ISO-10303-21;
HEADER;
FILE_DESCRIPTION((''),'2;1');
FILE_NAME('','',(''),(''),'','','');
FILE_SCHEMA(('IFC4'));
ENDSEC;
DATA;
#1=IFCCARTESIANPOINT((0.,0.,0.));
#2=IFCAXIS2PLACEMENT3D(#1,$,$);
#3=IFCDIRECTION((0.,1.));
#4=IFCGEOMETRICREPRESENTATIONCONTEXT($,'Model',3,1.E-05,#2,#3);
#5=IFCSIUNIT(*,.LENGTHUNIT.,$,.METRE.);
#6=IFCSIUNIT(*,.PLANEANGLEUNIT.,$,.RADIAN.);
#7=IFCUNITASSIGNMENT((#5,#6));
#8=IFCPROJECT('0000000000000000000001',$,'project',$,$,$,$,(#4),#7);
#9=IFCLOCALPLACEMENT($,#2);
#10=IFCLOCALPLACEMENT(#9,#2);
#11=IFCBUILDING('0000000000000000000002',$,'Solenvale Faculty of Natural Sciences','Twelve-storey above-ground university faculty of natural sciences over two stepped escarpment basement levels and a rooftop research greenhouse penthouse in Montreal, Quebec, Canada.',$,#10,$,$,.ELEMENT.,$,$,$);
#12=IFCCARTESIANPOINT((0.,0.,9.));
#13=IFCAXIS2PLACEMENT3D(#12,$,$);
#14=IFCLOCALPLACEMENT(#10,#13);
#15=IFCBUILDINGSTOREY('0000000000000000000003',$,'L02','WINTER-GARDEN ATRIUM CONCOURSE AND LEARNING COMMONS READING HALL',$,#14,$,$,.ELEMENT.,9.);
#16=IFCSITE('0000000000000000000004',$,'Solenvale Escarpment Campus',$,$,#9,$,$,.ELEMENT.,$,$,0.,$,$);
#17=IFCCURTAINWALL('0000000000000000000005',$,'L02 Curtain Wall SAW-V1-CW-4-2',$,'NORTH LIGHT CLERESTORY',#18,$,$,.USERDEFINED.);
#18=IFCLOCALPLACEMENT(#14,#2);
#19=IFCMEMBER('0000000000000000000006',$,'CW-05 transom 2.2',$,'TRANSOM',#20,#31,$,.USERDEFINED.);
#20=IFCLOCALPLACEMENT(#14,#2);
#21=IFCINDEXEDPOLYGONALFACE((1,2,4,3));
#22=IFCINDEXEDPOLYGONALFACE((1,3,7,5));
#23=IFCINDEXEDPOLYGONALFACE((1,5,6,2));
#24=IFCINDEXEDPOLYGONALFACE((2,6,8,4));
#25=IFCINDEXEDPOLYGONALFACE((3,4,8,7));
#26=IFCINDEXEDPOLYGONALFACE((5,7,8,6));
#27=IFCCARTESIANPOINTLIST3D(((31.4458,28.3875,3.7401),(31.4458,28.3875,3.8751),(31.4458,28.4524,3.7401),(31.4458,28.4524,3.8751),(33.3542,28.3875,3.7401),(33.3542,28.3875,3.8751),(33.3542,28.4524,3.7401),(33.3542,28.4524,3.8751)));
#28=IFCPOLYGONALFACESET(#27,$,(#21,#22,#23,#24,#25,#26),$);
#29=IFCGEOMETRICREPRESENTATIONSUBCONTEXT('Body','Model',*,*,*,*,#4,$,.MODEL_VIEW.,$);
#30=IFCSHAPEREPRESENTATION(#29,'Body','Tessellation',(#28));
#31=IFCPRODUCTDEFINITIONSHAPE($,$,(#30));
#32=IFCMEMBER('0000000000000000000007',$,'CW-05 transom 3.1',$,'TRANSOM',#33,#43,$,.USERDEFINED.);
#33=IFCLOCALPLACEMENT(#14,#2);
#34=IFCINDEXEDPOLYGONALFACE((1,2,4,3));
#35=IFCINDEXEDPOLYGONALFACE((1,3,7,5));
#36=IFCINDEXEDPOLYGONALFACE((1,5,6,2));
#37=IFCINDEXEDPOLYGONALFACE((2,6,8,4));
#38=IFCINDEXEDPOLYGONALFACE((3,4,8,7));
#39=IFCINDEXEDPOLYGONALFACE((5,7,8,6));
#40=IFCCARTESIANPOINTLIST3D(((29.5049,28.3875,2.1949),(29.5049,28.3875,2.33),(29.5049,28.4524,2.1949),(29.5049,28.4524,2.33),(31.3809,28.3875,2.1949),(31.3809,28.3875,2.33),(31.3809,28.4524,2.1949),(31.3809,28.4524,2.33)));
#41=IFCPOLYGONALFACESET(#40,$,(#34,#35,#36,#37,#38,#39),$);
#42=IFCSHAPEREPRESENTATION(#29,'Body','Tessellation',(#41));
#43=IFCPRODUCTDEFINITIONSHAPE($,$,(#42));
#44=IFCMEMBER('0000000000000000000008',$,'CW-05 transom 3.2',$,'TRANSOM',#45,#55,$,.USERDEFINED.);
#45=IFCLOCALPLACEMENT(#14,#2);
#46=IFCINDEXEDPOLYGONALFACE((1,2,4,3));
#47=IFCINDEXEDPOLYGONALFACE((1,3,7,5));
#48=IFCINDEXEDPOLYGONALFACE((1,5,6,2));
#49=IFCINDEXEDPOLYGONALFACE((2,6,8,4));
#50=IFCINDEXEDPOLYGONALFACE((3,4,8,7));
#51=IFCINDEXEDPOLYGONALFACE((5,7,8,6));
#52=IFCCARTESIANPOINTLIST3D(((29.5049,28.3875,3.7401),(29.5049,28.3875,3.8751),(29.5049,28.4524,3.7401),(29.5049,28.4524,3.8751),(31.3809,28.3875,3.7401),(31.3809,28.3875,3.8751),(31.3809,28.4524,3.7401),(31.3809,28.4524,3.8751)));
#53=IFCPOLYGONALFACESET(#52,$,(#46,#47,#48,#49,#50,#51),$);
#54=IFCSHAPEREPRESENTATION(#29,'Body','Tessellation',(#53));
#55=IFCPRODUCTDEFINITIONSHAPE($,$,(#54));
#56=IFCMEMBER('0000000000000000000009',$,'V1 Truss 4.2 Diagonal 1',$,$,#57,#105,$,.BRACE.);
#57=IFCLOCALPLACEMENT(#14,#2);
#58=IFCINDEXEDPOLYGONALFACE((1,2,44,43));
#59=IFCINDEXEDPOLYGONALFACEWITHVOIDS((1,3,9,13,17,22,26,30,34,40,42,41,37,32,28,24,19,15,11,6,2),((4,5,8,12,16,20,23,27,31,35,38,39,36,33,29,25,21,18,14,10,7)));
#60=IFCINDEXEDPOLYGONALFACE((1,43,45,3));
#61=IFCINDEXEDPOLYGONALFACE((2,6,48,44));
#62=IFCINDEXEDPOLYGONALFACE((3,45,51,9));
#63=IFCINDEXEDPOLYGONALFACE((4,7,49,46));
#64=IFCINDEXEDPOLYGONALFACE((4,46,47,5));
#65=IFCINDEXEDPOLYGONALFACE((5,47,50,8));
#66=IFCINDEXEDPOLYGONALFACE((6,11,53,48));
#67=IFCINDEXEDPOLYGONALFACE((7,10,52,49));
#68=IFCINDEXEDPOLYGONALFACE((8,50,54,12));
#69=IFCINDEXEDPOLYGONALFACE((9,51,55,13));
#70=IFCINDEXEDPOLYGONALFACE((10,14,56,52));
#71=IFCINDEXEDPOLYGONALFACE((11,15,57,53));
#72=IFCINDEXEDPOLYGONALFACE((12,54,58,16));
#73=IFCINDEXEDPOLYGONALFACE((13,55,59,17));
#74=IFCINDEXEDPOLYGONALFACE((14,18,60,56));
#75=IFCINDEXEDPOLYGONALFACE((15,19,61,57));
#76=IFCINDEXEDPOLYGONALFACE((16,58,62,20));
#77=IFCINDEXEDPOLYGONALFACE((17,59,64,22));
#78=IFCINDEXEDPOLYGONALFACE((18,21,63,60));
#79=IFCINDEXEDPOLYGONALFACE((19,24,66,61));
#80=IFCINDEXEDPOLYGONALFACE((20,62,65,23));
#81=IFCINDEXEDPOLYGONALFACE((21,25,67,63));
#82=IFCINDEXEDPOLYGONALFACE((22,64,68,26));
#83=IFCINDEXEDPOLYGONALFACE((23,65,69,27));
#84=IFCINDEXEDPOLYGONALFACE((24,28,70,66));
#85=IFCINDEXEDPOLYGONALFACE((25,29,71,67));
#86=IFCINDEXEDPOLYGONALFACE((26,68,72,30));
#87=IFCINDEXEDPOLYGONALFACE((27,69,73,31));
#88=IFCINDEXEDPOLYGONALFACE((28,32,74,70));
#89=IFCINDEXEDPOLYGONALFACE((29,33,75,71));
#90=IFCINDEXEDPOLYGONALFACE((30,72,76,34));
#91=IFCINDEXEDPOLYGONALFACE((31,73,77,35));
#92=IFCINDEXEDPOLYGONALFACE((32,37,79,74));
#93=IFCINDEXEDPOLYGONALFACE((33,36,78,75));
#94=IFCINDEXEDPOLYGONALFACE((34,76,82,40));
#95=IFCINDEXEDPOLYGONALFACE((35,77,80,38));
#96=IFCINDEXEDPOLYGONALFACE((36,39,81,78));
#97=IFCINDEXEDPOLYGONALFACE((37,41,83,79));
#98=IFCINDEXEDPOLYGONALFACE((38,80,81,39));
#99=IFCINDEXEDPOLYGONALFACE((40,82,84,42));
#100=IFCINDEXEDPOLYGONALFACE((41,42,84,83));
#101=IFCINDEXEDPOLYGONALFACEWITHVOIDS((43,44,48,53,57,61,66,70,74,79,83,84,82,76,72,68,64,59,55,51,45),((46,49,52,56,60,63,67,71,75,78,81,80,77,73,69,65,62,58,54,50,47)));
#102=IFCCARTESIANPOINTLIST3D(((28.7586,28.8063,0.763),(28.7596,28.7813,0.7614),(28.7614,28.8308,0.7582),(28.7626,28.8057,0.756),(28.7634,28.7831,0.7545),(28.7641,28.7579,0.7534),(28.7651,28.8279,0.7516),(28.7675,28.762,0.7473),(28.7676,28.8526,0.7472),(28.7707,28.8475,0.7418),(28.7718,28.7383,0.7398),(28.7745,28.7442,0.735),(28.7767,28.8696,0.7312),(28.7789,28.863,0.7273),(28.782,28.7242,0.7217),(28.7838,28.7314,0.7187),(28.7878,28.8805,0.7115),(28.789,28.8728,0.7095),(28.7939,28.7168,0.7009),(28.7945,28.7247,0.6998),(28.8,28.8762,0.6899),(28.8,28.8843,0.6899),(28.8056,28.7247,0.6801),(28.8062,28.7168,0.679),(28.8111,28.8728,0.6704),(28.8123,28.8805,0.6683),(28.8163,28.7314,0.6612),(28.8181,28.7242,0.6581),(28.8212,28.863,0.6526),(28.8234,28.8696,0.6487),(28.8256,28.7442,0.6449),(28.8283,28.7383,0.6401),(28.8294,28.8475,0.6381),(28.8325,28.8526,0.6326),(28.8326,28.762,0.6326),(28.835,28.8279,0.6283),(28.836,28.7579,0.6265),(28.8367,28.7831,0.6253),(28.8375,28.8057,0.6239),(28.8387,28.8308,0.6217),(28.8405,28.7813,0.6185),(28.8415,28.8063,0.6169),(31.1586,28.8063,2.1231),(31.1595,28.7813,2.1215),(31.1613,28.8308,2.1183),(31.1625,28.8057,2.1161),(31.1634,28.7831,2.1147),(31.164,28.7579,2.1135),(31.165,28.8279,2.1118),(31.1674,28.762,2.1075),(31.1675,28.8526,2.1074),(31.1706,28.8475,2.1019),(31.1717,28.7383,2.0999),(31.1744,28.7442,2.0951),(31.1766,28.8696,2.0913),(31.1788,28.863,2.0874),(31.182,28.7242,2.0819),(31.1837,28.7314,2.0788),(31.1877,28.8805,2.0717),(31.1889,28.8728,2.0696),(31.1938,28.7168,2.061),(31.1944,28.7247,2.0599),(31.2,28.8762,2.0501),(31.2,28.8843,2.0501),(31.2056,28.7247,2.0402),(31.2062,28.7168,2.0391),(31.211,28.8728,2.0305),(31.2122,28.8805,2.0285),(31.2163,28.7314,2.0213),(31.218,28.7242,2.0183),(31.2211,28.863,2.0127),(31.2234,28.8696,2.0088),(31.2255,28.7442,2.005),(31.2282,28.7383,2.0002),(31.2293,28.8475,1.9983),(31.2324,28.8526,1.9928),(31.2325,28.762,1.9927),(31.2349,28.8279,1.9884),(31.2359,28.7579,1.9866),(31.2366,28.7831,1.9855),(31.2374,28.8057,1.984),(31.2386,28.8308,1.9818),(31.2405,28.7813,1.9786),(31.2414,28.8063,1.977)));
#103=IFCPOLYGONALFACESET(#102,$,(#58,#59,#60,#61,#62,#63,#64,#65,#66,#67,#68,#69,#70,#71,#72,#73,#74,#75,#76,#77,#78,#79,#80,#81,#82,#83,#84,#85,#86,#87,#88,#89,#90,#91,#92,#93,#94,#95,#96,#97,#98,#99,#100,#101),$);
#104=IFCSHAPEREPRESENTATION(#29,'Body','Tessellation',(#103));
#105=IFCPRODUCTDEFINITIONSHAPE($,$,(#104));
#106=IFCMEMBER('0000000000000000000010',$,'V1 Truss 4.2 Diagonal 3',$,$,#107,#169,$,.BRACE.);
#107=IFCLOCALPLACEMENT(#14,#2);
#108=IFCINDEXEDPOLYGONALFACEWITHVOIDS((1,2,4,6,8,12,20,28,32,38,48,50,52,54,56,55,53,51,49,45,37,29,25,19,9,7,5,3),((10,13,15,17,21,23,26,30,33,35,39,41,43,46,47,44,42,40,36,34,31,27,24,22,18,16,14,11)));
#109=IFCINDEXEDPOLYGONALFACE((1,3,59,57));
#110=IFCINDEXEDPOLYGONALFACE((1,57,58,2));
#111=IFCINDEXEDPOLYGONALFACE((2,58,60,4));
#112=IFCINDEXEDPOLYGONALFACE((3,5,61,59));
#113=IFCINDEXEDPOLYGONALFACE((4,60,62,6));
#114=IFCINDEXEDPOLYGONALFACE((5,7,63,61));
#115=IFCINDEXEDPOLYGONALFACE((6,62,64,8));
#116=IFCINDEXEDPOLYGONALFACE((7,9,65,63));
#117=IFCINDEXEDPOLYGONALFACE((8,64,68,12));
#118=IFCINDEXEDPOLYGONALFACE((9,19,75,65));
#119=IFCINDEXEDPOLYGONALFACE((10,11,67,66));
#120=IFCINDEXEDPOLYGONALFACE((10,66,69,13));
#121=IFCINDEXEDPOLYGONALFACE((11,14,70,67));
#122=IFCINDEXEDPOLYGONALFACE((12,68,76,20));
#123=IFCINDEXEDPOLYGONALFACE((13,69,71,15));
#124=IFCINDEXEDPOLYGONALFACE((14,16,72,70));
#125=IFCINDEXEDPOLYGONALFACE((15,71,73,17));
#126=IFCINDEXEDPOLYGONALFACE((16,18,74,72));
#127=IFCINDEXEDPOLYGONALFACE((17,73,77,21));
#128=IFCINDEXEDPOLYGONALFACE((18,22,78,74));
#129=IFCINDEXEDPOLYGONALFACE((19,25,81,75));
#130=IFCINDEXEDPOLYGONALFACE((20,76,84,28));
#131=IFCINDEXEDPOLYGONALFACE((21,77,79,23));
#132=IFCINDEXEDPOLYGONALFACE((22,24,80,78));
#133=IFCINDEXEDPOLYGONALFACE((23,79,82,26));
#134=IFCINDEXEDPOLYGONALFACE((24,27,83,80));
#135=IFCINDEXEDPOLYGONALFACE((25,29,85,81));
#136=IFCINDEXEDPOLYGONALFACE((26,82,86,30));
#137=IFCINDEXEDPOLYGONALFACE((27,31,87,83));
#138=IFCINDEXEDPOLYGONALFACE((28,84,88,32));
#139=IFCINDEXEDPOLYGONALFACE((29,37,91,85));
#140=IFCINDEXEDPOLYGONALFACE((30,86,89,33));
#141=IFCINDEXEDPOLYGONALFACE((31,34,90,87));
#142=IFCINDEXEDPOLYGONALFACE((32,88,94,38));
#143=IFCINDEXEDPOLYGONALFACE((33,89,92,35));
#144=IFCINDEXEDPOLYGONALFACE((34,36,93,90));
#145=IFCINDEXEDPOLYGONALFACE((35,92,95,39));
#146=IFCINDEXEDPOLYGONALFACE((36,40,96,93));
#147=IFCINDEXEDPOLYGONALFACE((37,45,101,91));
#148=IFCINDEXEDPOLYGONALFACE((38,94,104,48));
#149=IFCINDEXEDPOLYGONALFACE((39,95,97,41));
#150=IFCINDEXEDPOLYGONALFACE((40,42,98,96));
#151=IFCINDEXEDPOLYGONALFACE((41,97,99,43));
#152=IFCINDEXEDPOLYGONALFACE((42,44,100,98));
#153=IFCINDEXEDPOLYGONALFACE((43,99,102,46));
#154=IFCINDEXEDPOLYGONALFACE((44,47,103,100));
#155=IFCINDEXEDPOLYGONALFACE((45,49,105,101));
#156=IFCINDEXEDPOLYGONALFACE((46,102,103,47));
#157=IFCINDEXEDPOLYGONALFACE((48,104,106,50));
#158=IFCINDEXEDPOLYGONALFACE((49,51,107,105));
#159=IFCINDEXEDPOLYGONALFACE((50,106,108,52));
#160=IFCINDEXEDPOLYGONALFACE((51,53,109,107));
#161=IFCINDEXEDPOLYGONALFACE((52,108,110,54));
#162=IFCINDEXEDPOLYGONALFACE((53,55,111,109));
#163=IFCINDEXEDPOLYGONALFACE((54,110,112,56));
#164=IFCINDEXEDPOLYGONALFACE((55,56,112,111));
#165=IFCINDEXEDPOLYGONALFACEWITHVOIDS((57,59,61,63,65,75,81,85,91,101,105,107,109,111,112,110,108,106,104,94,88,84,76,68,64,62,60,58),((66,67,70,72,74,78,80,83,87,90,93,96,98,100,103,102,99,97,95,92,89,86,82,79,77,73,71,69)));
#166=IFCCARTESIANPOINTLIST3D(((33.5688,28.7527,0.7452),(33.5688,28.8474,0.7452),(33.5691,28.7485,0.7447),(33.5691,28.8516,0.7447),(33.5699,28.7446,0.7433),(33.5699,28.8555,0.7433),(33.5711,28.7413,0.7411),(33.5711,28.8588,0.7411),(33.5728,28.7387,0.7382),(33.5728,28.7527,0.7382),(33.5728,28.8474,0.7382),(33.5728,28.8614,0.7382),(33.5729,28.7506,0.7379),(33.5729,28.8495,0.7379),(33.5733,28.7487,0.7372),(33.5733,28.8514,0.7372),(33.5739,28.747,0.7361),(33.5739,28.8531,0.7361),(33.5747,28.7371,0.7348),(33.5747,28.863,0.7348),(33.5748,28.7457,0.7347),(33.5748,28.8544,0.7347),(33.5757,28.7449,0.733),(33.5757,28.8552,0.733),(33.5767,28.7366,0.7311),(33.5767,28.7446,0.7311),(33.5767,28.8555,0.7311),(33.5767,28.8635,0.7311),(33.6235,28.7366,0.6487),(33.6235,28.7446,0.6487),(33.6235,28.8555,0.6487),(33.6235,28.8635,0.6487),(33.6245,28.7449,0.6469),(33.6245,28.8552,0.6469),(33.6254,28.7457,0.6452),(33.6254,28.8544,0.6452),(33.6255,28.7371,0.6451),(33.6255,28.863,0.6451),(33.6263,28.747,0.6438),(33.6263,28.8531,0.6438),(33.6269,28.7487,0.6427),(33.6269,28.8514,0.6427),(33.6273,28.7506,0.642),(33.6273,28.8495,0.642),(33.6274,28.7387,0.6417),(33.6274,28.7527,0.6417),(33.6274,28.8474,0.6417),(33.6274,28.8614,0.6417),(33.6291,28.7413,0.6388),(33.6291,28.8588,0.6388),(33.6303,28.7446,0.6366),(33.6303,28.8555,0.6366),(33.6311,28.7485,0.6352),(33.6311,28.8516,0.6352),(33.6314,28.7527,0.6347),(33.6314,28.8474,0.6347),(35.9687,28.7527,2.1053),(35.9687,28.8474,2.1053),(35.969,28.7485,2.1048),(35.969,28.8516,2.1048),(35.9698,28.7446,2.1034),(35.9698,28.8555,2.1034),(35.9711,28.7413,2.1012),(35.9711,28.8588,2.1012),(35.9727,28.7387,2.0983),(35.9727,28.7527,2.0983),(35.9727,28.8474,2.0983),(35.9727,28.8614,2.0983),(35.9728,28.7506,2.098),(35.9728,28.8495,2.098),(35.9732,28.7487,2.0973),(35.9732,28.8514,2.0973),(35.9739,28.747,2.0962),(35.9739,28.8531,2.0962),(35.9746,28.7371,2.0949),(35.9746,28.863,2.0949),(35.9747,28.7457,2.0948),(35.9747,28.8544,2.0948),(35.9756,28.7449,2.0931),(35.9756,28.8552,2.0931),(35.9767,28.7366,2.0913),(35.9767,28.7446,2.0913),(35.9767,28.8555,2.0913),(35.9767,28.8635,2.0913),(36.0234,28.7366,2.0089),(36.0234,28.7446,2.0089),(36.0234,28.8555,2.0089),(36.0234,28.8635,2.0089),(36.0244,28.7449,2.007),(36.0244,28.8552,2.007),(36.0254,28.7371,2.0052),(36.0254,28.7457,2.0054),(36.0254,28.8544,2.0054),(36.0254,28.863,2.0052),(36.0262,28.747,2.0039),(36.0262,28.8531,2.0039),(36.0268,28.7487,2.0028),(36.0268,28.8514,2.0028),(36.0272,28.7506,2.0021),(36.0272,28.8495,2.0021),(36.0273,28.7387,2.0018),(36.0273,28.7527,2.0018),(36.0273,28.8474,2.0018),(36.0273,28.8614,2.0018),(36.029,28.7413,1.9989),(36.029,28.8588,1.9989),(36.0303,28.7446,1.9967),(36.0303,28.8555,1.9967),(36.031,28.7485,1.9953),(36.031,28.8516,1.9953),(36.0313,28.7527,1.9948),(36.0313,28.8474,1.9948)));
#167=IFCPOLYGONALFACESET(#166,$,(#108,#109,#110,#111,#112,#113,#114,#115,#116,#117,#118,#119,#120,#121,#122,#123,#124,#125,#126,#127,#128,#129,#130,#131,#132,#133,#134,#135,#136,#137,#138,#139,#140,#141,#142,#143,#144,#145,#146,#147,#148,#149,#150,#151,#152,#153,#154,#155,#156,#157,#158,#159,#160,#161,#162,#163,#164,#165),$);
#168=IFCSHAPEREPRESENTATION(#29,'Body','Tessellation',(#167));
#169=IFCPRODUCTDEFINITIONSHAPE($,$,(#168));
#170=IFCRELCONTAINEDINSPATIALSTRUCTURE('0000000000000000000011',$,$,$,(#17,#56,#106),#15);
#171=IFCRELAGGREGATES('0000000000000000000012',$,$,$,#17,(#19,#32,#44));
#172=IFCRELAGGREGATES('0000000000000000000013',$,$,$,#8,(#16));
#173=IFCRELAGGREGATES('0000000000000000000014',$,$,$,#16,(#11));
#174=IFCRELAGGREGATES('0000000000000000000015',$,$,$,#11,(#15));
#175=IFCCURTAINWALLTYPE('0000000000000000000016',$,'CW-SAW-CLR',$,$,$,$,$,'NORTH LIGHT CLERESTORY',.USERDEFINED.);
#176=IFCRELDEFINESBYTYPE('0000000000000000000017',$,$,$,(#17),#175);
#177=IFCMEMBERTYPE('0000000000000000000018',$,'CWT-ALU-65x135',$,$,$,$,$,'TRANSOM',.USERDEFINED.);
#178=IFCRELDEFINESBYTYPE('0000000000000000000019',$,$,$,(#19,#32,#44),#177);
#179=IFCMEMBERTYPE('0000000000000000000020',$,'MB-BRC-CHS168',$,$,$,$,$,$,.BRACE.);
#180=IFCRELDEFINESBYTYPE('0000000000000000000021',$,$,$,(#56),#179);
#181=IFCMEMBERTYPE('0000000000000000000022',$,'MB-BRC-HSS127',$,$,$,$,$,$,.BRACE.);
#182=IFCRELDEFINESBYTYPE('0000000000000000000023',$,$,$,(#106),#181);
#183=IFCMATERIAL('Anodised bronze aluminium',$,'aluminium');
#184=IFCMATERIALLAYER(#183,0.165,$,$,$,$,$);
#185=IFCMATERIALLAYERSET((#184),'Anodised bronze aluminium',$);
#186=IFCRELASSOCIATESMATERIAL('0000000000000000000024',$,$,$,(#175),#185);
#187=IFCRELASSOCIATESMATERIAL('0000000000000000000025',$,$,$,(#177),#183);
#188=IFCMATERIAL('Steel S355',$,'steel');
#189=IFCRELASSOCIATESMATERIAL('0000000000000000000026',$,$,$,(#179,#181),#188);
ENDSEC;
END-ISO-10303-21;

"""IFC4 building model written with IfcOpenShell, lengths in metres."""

from ifc_helpers import new_model, si_unit, direction, frame, origin, origin_2d, place, context, subcontext, project, spatial, rectangle, hollow_rectangle, hollow_circle, extrude, material, layer, layer_set, material_profile, profile_set, type_object, element, aggregate, save


model = new_model("IFC4")

# Units and contexts
model_context = context("Model", 3, precision=1e-05, world=origin(), true_north=direction((0.0, 1.0)))
body_context = subcontext(model_context, "Body", "Model", "MODEL_VIEW")
ifc_project = project(units=[si_unit("LENGTHUNIT", "METRE"), si_unit("PLANEANGLEUNIT", "RADIAN")], contexts=[model_context])

# Site, building, storey
site_placement = place(None, origin())
site = spatial("IfcSite", under=ifc_project, at=site_placement, Name="Solenvale Escarpment Campus", CompositionType="ELEMENT", RefElevation=0.0)
building_placement = place(site_placement, origin())
building = spatial("IfcBuilding", under=site, at=building_placement, Name="Solenvale Faculty of Natural Sciences", Description="Twelve-storey above-ground university faculty of natural sciences over two stepped escarpment basement levels and a rooftop research greenhouse penthouse in Montreal, Quebec, Canada.", CompositionType="ELEMENT")
storey_placement = place(building_placement, frame((0.0, 0.0, 9.0)))
storey = spatial("IfcBuildingStorey", under=building, at=storey_placement, Name="L02", Description="WINTER-GARDEN ATRIUM CONCOURSE AND LEARNING COMMONS READING HALL", CompositionType="ELEMENT", Elevation=9.0)

# Shared definitions
ifc_material_1 = material(Name="Steel S355", Category="steel")

# Curtain wall, members
ifc_material_2 = material(Name="Anodised bronze aluminium", Category="aluminium")
ifc_layer_1 = layer(ifc_material_2, 0.165)
ifc_layer_set_1 = layer_set([ifc_layer_1], Name="Anodised bronze aluminium")
curtain_wall_type = type_object("IfcCurtainWallType", Name="CW-SAW-CLR", ElementType="NORTH LIGHT CLERESTORY", PredefinedType="USERDEFINED", material=ifc_layer_set_1)
curtain_wall_placement = place(storey_placement, origin())
curtain_wall = element("IfcCurtainWall", 1, at=curtain_wall_placement, inside=storey, type_object=curtain_wall_type, Name="L02 Curtain Wall SAW-V1-CW-4-2", ObjectType="NORTH LIGHT CLERESTORY", PredefinedType="USERDEFINED")
ifc_material_profile_1 = material_profile(ifc_material_2, rectangle(XDim=0.0649, YDim=0.135, at=origin_2d()), Name="ALU-TRN-65x135")
ifc_profile_set_1 = profile_set([ifc_material_profile_1], Name="Anodised bronze aluminium")
member_type_1 = type_object("IfcMemberType", Name="CWT-ALU-65x135", ElementType="TRANSOM", PredefinedType="USERDEFINED", material=ifc_profile_set_1)
member_1_placement = place(storey_placement, frame((33.3542, 28.4199, 3.8076), z_axis=(-1.0, 0.0, 0.0), x_axis=(0.0, -1.0, 0.0)))
member_1 = element("IfcMember", 2, at=member_1_placement, type_object=member_type_1, Name="CW-05 transom 2.2", ObjectType="TRANSOM", PredefinedType="USERDEFINED", context=body_context, shape_type="SweptSolid", body=[
    extrude(rectangle(XDim=0.0649, YDim=0.135, at=origin_2d()), origin(), (0.0, 0.0, 1.0), 1.9084),
])
member_2_placement = place(storey_placement, frame((31.3809, 28.4199, 2.2625), z_axis=(-1.0, 0.0, 0.0), x_axis=(0.0, -1.0, 0.0)))
member_2 = element("IfcMember", 3, at=member_2_placement, type_object=member_type_1, Name="CW-05 transom 3.1", ObjectType="TRANSOM", PredefinedType="USERDEFINED", context=body_context, shape_type="SweptSolid", body=[
    extrude(rectangle(XDim=0.0649, YDim=0.135, at=origin_2d()), origin(), (0.0, 0.0, 1.0), 1.876),
])
member_3_placement = place(storey_placement, frame((31.3809, 28.4199, 3.8076), z_axis=(-1.0, 0.0, 0.0), x_axis=(0.0, -1.0, 0.0)))
member_3 = element("IfcMember", 4, at=member_3_placement, type_object=member_type_1, Name="CW-05 transom 3.2", ObjectType="TRANSOM", PredefinedType="USERDEFINED", context=body_context, shape_type="SweptSolid", body=[
    extrude(rectangle(XDim=0.0649, YDim=0.135, at=origin_2d()), origin(), (0.0, 0.0, 1.0), 1.876),
])

# Members
ifc_material_profile_2 = material_profile(ifc_material_1, hollow_circle(Radius=0.0842, WallThickness=0.0081, at=origin_2d()), Name="HSS168x8.0")
ifc_profile_set_2 = profile_set([ifc_material_profile_2], Name="Steel S355")
member_type_2 = type_object("IfcMemberType", Name="MB-BRC-CHS168", PredefinedType="BRACE", material=ifc_profile_set_2)
member_4_placement = place(storey_placement, frame((28.8, 28.8, 0.6899), z_axis=(0.869997, 0.0, 0.493057), x_axis=(0.0, 1.0, 0.0)))
element("IfcMember", 5, at=member_4_placement, inside=storey, type_object=member_type_2, Name="V1 Truss 4.2 Diagonal 1", PredefinedType="BRACE", context=body_context, shape_type="SweptSolid", body=[
    extrude(hollow_circle(Radius=0.0842, WallThickness=0.0081, at=origin_2d()), origin(), (0.0, 0.0, 1.0), 2.7585),
])
ifc_material_profile_3 = material_profile(ifc_material_1, hollow_rectangle(XDim=0.127, YDim=0.127, WallThickness=0.0081, InnerFilletRadius=0.0081, OuterFilletRadius=0.0161, at=origin_2d()), Name="HSS127x127x8.0")
ifc_profile_set_3 = profile_set([ifc_material_profile_3], Name="Steel S355")
member_type_3 = type_object("IfcMemberType", Name="MB-BRC-HSS127", PredefinedType="BRACE", material=ifc_profile_set_3)
member_5_placement = place(storey_placement, frame((33.6001, 28.8, 0.6899), z_axis=(0.869997, 0.0, 0.493057), x_axis=(0.0, 1.0, 0.0)))
element("IfcMember", 6, at=member_5_placement, inside=storey, type_object=member_type_3, Name="V1 Truss 4.2 Diagonal 3", PredefinedType="BRACE", context=body_context, shape_type="SweptSolid", body=[
    extrude(hollow_rectangle(XDim=0.127, YDim=0.127, WallThickness=0.0081, InnerFilletRadius=0.0081, OuterFilletRadius=0.0161, at=origin_2d()), origin(), (0.0, 0.0, 1.0), 2.7585),
])

aggregate(curtain_wall, [member_1, member_2, member_3])

save(model, "model.ifc")
